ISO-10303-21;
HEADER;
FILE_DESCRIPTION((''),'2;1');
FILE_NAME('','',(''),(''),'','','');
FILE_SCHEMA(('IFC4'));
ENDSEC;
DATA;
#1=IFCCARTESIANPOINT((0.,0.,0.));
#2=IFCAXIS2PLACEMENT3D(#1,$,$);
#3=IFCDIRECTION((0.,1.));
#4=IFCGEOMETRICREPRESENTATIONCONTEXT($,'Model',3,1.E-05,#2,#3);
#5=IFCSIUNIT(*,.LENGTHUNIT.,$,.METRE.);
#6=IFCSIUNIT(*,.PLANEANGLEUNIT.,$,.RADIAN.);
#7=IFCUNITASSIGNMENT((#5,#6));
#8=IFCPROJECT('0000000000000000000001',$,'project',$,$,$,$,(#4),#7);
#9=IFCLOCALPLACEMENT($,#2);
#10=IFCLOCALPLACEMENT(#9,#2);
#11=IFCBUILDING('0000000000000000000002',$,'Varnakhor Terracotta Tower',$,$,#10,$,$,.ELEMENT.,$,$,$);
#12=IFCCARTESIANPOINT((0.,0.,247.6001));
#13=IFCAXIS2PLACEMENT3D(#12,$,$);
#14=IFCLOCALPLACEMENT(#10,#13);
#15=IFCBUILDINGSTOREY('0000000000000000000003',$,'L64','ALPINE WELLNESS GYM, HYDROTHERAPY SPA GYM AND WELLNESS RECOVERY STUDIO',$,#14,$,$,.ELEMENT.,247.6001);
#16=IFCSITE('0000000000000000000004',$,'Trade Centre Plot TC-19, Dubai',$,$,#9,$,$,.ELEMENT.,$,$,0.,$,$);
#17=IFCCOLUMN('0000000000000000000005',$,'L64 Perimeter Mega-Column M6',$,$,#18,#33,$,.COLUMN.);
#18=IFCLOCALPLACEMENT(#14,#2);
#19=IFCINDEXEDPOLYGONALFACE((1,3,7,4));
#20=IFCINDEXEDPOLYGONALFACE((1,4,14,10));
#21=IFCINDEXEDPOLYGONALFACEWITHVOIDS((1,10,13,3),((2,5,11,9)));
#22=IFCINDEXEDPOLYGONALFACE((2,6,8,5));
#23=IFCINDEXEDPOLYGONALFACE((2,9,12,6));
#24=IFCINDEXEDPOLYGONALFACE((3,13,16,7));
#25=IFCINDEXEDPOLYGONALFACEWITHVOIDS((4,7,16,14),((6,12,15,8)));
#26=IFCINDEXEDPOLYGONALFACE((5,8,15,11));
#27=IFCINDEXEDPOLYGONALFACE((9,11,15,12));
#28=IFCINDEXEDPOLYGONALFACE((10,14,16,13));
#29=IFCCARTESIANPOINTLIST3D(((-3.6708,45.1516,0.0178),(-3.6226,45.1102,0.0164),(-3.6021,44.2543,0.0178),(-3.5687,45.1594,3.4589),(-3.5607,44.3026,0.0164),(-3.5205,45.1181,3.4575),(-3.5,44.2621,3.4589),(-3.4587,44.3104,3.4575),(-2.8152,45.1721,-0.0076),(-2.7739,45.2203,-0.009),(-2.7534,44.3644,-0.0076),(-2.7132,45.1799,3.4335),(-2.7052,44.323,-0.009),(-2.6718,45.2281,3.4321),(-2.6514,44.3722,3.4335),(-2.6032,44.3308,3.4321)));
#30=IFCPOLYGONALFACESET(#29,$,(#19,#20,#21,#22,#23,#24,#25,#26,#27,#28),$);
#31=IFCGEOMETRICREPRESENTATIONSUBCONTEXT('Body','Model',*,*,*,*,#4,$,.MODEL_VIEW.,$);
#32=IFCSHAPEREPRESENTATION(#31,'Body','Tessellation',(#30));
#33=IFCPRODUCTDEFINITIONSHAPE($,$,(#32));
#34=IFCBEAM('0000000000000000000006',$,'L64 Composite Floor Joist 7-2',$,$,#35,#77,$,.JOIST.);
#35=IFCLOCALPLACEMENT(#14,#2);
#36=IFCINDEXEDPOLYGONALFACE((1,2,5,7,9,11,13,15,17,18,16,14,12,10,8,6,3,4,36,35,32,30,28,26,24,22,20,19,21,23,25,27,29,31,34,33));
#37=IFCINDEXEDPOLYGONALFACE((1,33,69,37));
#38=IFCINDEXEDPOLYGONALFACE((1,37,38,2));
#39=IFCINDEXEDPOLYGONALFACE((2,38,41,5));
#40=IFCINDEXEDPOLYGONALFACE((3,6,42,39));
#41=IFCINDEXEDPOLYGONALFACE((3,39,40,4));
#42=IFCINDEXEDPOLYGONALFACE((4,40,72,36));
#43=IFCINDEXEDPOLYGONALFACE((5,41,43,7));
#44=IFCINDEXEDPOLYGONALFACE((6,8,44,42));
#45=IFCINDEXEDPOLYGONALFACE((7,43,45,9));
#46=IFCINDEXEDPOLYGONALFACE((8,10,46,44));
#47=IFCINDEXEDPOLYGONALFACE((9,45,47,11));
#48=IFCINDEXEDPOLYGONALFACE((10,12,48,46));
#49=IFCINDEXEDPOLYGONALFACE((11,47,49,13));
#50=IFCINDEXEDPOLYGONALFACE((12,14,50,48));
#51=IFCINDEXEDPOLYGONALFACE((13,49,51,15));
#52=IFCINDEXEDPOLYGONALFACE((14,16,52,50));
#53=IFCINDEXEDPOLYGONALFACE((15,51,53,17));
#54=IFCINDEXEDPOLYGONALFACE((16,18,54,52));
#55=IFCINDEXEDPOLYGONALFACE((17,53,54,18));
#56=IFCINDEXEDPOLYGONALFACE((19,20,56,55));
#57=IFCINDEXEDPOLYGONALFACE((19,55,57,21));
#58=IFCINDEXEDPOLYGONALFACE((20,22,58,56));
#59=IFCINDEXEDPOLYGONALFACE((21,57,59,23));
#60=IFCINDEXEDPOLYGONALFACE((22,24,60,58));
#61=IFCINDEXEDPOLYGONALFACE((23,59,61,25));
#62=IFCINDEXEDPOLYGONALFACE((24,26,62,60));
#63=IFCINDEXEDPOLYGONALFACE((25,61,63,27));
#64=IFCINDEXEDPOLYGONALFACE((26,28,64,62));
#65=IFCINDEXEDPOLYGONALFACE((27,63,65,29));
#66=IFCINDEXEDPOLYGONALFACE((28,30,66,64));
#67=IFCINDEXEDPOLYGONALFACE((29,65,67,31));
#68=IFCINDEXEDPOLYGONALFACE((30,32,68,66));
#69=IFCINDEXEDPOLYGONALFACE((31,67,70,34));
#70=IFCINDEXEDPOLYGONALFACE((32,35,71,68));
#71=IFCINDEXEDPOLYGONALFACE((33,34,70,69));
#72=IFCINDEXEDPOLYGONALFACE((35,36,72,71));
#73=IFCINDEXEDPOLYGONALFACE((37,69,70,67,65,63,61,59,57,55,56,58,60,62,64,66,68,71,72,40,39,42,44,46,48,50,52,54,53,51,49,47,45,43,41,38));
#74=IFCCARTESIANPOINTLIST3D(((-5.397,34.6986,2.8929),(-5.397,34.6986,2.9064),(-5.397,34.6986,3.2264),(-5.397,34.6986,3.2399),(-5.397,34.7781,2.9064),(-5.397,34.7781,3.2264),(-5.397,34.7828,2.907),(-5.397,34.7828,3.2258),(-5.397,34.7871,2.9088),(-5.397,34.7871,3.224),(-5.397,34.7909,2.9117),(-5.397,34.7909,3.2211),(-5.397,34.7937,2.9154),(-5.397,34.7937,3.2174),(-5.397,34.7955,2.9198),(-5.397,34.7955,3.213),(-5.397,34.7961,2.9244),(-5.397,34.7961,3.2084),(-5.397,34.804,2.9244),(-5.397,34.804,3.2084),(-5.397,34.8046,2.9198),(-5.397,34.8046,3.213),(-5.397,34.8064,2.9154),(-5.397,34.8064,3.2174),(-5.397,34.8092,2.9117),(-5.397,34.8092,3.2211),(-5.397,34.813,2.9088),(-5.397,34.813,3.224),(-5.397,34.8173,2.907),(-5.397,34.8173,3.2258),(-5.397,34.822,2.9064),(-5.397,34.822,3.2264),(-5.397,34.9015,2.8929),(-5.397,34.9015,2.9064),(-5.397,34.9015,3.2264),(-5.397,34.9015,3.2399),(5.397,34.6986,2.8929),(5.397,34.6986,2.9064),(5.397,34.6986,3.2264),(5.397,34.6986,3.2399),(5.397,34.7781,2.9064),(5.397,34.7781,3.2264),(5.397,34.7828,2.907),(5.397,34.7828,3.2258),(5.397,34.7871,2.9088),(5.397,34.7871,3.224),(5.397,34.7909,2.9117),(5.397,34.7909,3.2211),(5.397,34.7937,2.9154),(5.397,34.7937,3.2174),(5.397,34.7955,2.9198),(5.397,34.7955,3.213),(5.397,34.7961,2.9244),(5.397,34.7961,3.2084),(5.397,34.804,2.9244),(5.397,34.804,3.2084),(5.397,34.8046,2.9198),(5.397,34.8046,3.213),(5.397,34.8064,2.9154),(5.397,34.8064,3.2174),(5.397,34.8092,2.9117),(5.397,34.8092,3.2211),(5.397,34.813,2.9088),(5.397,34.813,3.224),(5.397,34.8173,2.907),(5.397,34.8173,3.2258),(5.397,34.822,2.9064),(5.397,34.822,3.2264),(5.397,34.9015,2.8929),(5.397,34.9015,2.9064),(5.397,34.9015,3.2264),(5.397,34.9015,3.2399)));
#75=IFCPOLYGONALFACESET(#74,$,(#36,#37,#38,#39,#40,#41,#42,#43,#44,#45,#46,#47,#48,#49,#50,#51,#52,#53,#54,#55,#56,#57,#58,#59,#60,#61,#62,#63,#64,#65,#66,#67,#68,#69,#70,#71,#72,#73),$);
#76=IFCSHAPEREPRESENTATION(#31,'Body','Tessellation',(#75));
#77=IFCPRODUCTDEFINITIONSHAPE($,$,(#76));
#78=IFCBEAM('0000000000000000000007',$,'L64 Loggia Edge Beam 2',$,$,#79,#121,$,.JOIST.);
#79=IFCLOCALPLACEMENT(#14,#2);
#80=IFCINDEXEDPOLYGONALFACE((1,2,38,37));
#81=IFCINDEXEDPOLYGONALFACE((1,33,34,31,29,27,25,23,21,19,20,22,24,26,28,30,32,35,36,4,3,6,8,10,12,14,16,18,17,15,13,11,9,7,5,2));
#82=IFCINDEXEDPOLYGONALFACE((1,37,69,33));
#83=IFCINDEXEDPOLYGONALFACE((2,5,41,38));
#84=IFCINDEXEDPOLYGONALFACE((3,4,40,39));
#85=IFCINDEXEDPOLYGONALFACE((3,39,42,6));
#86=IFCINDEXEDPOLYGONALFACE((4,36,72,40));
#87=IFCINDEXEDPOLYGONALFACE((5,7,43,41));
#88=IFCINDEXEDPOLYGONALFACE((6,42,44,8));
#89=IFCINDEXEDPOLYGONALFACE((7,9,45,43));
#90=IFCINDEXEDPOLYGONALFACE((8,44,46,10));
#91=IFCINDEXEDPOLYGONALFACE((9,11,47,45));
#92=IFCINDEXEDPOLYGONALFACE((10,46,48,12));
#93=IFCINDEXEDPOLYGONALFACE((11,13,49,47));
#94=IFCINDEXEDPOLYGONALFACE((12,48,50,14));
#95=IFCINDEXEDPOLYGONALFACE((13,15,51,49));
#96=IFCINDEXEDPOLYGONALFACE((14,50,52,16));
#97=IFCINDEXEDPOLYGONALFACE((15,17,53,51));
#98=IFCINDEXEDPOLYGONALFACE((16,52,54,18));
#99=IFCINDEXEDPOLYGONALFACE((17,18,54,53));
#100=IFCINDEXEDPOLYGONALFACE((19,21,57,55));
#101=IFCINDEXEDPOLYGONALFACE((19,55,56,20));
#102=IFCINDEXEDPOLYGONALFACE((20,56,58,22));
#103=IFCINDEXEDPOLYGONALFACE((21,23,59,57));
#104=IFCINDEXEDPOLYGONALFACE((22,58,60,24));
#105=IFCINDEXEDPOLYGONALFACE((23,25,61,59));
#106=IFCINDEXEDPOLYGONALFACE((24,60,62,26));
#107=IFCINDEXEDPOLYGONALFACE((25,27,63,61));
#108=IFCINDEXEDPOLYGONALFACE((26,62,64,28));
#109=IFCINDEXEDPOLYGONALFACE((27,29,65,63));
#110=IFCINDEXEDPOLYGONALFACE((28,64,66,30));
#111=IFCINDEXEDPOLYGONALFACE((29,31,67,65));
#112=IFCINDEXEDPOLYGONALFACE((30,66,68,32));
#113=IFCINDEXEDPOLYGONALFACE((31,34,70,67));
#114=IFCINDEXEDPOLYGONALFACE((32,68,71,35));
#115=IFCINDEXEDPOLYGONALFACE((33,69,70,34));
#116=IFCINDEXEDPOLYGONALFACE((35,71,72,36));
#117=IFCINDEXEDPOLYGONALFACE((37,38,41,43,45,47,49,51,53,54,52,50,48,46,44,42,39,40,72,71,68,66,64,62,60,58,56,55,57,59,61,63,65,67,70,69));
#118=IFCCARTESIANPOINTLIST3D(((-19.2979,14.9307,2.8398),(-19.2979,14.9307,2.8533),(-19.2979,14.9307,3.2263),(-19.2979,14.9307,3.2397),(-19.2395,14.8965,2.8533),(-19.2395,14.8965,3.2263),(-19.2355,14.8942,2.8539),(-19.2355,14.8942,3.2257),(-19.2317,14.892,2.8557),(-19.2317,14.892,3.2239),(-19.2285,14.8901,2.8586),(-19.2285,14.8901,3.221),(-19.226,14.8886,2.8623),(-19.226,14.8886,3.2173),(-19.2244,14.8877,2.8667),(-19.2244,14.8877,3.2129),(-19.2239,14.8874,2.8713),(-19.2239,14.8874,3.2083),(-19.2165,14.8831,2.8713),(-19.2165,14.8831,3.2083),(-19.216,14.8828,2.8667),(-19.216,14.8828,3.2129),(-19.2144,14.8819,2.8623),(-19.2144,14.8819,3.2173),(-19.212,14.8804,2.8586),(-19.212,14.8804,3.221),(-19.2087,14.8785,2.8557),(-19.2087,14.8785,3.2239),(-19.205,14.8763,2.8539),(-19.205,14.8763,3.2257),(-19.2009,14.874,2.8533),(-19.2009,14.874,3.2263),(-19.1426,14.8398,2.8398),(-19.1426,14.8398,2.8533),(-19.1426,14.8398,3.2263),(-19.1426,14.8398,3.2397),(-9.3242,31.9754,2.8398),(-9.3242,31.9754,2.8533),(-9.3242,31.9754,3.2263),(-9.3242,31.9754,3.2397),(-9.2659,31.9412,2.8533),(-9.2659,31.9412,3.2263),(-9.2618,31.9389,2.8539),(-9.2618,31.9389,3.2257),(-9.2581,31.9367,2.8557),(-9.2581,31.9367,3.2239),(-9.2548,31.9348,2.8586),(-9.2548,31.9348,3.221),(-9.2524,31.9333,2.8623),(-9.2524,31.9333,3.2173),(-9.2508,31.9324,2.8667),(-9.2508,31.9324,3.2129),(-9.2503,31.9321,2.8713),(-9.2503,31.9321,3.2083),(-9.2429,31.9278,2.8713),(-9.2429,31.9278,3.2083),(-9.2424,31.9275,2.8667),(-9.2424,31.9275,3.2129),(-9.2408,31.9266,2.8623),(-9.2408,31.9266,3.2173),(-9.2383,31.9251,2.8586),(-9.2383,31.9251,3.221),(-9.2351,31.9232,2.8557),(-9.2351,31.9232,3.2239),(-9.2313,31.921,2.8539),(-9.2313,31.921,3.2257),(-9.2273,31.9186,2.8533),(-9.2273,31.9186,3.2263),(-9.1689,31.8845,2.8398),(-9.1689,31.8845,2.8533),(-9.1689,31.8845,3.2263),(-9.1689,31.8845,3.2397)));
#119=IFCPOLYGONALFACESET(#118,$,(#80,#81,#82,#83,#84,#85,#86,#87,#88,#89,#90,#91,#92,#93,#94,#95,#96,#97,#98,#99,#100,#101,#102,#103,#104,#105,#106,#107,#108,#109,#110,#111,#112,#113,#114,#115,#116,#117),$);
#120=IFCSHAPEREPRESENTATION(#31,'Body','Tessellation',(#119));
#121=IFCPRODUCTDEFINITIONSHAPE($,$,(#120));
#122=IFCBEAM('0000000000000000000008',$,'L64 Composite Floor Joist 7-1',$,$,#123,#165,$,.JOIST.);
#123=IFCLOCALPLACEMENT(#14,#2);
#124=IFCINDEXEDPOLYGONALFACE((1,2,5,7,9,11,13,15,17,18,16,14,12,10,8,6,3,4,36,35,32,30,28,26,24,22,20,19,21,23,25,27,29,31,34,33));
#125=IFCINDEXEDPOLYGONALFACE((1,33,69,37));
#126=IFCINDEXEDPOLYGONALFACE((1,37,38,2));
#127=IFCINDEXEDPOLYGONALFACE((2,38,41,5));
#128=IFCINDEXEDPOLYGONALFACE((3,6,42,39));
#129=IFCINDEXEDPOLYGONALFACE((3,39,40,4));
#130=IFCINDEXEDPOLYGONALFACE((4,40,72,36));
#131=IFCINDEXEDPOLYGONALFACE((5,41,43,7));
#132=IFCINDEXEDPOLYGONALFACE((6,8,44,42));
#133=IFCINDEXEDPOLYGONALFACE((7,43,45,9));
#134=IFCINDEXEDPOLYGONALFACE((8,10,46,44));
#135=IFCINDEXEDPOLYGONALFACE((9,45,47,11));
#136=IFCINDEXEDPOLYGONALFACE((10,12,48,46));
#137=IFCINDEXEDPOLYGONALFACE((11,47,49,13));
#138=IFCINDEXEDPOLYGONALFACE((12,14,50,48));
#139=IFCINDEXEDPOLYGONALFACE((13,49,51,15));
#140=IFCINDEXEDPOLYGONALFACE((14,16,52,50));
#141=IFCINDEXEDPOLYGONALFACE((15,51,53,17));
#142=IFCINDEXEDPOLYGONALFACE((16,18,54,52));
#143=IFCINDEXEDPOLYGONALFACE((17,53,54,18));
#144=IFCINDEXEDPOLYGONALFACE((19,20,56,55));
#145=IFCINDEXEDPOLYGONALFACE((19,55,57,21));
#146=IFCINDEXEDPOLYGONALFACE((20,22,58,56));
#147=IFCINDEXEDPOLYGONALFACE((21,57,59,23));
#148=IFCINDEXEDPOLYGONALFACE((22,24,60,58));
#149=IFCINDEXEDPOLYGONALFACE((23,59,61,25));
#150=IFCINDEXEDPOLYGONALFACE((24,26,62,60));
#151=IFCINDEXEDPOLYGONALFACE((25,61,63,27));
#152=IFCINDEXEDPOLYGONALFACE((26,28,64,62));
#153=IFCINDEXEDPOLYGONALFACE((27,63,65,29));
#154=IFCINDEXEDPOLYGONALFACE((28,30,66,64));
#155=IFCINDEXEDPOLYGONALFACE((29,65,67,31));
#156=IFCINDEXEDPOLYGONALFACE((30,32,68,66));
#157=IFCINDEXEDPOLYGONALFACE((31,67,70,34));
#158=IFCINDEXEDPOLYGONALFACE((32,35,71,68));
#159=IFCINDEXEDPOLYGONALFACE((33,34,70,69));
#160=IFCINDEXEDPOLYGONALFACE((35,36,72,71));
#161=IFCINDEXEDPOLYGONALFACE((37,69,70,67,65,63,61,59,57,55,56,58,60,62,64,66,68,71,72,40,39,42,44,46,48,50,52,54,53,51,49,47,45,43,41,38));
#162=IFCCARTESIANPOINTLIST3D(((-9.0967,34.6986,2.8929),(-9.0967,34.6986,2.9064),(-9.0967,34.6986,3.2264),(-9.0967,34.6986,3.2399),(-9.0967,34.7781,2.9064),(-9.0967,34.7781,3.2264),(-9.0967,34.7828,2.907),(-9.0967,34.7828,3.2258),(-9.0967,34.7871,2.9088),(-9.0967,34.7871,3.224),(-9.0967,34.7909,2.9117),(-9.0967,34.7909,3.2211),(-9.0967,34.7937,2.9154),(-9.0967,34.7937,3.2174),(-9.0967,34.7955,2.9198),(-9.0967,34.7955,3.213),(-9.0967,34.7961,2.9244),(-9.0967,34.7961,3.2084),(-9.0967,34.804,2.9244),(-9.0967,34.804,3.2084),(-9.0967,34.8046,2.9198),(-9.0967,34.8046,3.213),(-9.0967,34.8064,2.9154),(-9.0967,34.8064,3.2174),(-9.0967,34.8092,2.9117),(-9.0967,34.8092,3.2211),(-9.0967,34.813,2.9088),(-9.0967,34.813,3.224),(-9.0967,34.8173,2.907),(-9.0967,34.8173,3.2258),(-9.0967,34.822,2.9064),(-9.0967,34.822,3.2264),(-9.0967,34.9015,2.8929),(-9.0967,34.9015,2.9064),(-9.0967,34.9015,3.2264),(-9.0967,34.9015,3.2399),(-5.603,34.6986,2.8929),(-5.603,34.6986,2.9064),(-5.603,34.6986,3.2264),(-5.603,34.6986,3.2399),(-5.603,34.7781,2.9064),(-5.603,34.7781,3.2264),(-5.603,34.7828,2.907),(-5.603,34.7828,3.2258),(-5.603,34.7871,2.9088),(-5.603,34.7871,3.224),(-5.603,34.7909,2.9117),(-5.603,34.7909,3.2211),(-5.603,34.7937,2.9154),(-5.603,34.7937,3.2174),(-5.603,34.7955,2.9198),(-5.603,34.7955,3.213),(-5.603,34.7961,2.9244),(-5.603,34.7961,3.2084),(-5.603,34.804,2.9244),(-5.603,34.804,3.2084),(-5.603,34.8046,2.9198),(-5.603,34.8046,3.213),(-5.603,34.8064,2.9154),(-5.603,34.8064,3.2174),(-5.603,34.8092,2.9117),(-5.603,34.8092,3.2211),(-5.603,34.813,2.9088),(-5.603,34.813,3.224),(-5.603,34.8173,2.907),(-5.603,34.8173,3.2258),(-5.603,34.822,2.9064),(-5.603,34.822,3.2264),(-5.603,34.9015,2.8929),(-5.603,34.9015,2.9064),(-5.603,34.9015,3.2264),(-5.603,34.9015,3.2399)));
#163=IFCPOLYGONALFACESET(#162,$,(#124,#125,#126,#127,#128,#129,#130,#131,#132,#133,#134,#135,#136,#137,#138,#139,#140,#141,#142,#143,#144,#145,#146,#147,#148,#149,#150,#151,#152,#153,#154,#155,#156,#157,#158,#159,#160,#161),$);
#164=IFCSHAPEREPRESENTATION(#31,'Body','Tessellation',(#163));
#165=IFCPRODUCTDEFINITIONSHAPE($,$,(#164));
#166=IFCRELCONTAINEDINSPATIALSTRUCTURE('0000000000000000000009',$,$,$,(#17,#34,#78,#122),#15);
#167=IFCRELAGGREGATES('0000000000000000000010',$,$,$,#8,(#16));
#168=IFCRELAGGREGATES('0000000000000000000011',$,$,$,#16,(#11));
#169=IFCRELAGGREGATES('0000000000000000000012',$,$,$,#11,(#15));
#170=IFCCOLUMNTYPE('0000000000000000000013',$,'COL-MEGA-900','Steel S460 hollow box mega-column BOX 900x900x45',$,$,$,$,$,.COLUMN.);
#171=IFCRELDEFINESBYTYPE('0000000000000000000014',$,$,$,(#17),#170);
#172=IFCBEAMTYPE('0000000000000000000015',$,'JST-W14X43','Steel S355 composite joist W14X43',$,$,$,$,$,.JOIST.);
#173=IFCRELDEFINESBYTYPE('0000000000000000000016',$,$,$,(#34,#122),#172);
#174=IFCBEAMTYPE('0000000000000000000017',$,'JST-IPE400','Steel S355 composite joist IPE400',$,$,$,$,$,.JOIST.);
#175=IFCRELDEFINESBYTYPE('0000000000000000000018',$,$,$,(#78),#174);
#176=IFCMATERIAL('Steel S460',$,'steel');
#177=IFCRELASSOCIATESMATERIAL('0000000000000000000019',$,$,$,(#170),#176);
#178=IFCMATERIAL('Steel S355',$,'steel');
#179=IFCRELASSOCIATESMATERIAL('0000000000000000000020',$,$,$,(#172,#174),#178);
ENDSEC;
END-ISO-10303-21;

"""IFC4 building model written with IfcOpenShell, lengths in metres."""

from ifc_helpers import new_model, si_unit, direction, frame, origin, origin_2d, place, context, subcontext, project, spatial, hollow_rectangle, i_section, extrude, source, transform, mapped, material, material_profile, profile_set, type_object, element, save


model = new_model("IFC4")

# Units and contexts
model_context = context("Model", 3, precision=1e-05, world=origin(), true_north=direction((0.0, 1.0)))
body_context = subcontext(model_context, "Body", "Model", "MODEL_VIEW")
ifc_project = project(units=[si_unit("LENGTHUNIT", "METRE"), si_unit("PLANEANGLEUNIT", "RADIAN")], contexts=[model_context])

# Site, building, storey
site_placement = place(None, origin())
site = spatial("IfcSite", under=ifc_project, at=site_placement, Name="Trade Centre Plot TC-19, Dubai", CompositionType="ELEMENT", RefElevation=0.0)
building_placement = place(site_placement, origin())
building = spatial("IfcBuilding", under=site, at=building_placement, Name="Varnakhor Terracotta Tower", CompositionType="ELEMENT")
storey_placement = place(building_placement, frame((0.0, 0.0, 247.6001)))
storey = spatial("IfcBuildingStorey", under=building, at=storey_placement, Name="L64", Description="ALPINE WELLNESS GYM, HYDROTHERAPY SPA GYM AND WELLNESS RECOVERY STUDIO", CompositionType="ELEMENT", Elevation=247.6001)

# Column
ifc_material_1 = material(Name="Steel S460", Category="steel")
ifc_material_profile_1 = material_profile(ifc_material_1, hollow_rectangle(XDim=0.8999, YDim=0.8999, WallThickness=0.0449, at=origin_2d()), Name="BOX 900x900x45")
ifc_profile_set_1 = profile_set([ifc_material_profile_1], Name="Steel S460")
column_type = type_object("IfcColumnType", Name="COL-MEGA-900", Description="Steel S460 hollow box mega-column BOX 900x900x45", PredefinedType="COLUMN", material=ifc_profile_set_1)
shared_shape_1 = source(origin(), body_context, "Body", "SweptSolid", [
    extrude(hollow_rectangle(XDim=0.8999, YDim=0.8999, WallThickness=0.0449, at=origin_2d()), origin(), (0.0, 0.0, 1.0), 3.4426),
])
column_placement = place(storey_placement, frame((-3.188, 44.7373, 0.0044), z_axis=(0.029643, 0.002269, 0.999558), x_axis=(-0.076332, 0.997082, 0.0)))
element("IfcColumn", 1, at=column_placement, inside=storey, type_object=column_type, Name="L64 Perimeter Mega-Column M6", PredefinedType="COLUMN", context=body_context, shape_type="MappedRepresentation", body=[
    mapped(shared_shape_1, transform((0.0, 0.0, 0.0), scale=1.0)),
])

# Beams
ifc_material_2 = material(Name="Steel S355", Category="steel")
ifc_material_profile_2 = material_profile(ifc_material_2, i_section(OverallWidth=0.2029, OverallDepth=0.3469, WebThickness=0.0078, FlangeThickness=0.0134, FilletRadius=0.0181, at=origin_2d()), Name="W14X43")
ifc_profile_set_2 = profile_set([ifc_material_profile_2], Name="Steel S355")
beam_type_1 = type_object("IfcBeamType", Name="JST-W14X43", Description="Steel S355 composite joist W14X43", PredefinedType="JOIST", material=ifc_profile_set_2)
shared_shape_2 = source(origin(), body_context, "Body", "SweptSolid", [
    extrude(i_section(OverallWidth=0.2029, OverallDepth=0.3469, WebThickness=0.0078, FlangeThickness=0.0134, FilletRadius=0.0181, at=origin_2d()), origin(), (0.0, 0.0, 1.0), 10.7939),
])
beam_1_placement = place(storey_placement, frame((-5.397, 34.8, 3.0664), z_axis=(1.0, 0.0, 0.0), x_axis=(0.0, 1.0, 0.0)))
element("IfcBeam", 2, at=beam_1_placement, inside=storey, type_object=beam_type_1, Name="L64 Composite Floor Joist 7-2", PredefinedType="JOIST", context=body_context, shape_type="MappedRepresentation", body=[
    mapped(shared_shape_2, transform((0.0, 0.0, 0.0), scale=1.0)),
])
ifc_material_profile_3 = material_profile(ifc_material_2, i_section(OverallWidth=0.1799, OverallDepth=0.3999, WebThickness=0.0085, FlangeThickness=0.0134, FilletRadius=0.0181, at=origin_2d()), Name="IPE400")
ifc_profile_set_3 = profile_set([ifc_material_profile_3], Name="Steel S355")
beam_type_2 = type_object("IfcBeamType", Name="JST-IPE400", Description="Steel S355 composite joist IPE400", PredefinedType="JOIST", material=ifc_profile_set_3)
shared_shape_3 = source(origin(), body_context, "Body", "SweptSolid", [
    extrude(i_section(OverallWidth=0.1799, OverallDepth=0.3999, WebThickness=0.0085, FlangeThickness=0.0134, FilletRadius=0.0181, at=origin_2d()), origin(), (0.0, 0.0, 1.0), 19.7483),
])
beam_2_placement = place(storey_placement, frame((-9.2466, 31.9299, 3.0398), z_axis=(-0.505038, -0.863097, 0.0), x_axis=(0.863097, -0.505038, 0.0)))
element("IfcBeam", 3, at=beam_2_placement, inside=storey, type_object=beam_type_2, Name="L64 Loggia Edge Beam 2", PredefinedType="JOIST", context=body_context, shape_type="MappedRepresentation", body=[
    mapped(shared_shape_3, transform((0.0, 0.0, 0.0), scale=1.0)),
])
shared_shape_4 = source(origin(), body_context, "Body", "SweptSolid", [
    extrude(i_section(OverallWidth=0.2029, OverallDepth=0.3469, WebThickness=0.0078, FlangeThickness=0.0134, FilletRadius=0.0181, at=origin_2d()), origin(), (0.0, 0.0, 1.0), 3.4937),
])
beam_3_placement = place(storey_placement, frame((-9.0967, 34.8, 3.0664), z_axis=(1.0, 0.0, 0.0), x_axis=(0.0, 1.0, 0.0)))
element("IfcBeam", 4, at=beam_3_placement, inside=storey, type_object=beam_type_1, Name="L64 Composite Floor Joist 7-1", PredefinedType="JOIST", context=body_context, shape_type="MappedRepresentation", body=[
    mapped(shared_shape_4, transform((0.0, 0.0, 0.0), scale=1.0)),
])

save(model, "model.ifc")
